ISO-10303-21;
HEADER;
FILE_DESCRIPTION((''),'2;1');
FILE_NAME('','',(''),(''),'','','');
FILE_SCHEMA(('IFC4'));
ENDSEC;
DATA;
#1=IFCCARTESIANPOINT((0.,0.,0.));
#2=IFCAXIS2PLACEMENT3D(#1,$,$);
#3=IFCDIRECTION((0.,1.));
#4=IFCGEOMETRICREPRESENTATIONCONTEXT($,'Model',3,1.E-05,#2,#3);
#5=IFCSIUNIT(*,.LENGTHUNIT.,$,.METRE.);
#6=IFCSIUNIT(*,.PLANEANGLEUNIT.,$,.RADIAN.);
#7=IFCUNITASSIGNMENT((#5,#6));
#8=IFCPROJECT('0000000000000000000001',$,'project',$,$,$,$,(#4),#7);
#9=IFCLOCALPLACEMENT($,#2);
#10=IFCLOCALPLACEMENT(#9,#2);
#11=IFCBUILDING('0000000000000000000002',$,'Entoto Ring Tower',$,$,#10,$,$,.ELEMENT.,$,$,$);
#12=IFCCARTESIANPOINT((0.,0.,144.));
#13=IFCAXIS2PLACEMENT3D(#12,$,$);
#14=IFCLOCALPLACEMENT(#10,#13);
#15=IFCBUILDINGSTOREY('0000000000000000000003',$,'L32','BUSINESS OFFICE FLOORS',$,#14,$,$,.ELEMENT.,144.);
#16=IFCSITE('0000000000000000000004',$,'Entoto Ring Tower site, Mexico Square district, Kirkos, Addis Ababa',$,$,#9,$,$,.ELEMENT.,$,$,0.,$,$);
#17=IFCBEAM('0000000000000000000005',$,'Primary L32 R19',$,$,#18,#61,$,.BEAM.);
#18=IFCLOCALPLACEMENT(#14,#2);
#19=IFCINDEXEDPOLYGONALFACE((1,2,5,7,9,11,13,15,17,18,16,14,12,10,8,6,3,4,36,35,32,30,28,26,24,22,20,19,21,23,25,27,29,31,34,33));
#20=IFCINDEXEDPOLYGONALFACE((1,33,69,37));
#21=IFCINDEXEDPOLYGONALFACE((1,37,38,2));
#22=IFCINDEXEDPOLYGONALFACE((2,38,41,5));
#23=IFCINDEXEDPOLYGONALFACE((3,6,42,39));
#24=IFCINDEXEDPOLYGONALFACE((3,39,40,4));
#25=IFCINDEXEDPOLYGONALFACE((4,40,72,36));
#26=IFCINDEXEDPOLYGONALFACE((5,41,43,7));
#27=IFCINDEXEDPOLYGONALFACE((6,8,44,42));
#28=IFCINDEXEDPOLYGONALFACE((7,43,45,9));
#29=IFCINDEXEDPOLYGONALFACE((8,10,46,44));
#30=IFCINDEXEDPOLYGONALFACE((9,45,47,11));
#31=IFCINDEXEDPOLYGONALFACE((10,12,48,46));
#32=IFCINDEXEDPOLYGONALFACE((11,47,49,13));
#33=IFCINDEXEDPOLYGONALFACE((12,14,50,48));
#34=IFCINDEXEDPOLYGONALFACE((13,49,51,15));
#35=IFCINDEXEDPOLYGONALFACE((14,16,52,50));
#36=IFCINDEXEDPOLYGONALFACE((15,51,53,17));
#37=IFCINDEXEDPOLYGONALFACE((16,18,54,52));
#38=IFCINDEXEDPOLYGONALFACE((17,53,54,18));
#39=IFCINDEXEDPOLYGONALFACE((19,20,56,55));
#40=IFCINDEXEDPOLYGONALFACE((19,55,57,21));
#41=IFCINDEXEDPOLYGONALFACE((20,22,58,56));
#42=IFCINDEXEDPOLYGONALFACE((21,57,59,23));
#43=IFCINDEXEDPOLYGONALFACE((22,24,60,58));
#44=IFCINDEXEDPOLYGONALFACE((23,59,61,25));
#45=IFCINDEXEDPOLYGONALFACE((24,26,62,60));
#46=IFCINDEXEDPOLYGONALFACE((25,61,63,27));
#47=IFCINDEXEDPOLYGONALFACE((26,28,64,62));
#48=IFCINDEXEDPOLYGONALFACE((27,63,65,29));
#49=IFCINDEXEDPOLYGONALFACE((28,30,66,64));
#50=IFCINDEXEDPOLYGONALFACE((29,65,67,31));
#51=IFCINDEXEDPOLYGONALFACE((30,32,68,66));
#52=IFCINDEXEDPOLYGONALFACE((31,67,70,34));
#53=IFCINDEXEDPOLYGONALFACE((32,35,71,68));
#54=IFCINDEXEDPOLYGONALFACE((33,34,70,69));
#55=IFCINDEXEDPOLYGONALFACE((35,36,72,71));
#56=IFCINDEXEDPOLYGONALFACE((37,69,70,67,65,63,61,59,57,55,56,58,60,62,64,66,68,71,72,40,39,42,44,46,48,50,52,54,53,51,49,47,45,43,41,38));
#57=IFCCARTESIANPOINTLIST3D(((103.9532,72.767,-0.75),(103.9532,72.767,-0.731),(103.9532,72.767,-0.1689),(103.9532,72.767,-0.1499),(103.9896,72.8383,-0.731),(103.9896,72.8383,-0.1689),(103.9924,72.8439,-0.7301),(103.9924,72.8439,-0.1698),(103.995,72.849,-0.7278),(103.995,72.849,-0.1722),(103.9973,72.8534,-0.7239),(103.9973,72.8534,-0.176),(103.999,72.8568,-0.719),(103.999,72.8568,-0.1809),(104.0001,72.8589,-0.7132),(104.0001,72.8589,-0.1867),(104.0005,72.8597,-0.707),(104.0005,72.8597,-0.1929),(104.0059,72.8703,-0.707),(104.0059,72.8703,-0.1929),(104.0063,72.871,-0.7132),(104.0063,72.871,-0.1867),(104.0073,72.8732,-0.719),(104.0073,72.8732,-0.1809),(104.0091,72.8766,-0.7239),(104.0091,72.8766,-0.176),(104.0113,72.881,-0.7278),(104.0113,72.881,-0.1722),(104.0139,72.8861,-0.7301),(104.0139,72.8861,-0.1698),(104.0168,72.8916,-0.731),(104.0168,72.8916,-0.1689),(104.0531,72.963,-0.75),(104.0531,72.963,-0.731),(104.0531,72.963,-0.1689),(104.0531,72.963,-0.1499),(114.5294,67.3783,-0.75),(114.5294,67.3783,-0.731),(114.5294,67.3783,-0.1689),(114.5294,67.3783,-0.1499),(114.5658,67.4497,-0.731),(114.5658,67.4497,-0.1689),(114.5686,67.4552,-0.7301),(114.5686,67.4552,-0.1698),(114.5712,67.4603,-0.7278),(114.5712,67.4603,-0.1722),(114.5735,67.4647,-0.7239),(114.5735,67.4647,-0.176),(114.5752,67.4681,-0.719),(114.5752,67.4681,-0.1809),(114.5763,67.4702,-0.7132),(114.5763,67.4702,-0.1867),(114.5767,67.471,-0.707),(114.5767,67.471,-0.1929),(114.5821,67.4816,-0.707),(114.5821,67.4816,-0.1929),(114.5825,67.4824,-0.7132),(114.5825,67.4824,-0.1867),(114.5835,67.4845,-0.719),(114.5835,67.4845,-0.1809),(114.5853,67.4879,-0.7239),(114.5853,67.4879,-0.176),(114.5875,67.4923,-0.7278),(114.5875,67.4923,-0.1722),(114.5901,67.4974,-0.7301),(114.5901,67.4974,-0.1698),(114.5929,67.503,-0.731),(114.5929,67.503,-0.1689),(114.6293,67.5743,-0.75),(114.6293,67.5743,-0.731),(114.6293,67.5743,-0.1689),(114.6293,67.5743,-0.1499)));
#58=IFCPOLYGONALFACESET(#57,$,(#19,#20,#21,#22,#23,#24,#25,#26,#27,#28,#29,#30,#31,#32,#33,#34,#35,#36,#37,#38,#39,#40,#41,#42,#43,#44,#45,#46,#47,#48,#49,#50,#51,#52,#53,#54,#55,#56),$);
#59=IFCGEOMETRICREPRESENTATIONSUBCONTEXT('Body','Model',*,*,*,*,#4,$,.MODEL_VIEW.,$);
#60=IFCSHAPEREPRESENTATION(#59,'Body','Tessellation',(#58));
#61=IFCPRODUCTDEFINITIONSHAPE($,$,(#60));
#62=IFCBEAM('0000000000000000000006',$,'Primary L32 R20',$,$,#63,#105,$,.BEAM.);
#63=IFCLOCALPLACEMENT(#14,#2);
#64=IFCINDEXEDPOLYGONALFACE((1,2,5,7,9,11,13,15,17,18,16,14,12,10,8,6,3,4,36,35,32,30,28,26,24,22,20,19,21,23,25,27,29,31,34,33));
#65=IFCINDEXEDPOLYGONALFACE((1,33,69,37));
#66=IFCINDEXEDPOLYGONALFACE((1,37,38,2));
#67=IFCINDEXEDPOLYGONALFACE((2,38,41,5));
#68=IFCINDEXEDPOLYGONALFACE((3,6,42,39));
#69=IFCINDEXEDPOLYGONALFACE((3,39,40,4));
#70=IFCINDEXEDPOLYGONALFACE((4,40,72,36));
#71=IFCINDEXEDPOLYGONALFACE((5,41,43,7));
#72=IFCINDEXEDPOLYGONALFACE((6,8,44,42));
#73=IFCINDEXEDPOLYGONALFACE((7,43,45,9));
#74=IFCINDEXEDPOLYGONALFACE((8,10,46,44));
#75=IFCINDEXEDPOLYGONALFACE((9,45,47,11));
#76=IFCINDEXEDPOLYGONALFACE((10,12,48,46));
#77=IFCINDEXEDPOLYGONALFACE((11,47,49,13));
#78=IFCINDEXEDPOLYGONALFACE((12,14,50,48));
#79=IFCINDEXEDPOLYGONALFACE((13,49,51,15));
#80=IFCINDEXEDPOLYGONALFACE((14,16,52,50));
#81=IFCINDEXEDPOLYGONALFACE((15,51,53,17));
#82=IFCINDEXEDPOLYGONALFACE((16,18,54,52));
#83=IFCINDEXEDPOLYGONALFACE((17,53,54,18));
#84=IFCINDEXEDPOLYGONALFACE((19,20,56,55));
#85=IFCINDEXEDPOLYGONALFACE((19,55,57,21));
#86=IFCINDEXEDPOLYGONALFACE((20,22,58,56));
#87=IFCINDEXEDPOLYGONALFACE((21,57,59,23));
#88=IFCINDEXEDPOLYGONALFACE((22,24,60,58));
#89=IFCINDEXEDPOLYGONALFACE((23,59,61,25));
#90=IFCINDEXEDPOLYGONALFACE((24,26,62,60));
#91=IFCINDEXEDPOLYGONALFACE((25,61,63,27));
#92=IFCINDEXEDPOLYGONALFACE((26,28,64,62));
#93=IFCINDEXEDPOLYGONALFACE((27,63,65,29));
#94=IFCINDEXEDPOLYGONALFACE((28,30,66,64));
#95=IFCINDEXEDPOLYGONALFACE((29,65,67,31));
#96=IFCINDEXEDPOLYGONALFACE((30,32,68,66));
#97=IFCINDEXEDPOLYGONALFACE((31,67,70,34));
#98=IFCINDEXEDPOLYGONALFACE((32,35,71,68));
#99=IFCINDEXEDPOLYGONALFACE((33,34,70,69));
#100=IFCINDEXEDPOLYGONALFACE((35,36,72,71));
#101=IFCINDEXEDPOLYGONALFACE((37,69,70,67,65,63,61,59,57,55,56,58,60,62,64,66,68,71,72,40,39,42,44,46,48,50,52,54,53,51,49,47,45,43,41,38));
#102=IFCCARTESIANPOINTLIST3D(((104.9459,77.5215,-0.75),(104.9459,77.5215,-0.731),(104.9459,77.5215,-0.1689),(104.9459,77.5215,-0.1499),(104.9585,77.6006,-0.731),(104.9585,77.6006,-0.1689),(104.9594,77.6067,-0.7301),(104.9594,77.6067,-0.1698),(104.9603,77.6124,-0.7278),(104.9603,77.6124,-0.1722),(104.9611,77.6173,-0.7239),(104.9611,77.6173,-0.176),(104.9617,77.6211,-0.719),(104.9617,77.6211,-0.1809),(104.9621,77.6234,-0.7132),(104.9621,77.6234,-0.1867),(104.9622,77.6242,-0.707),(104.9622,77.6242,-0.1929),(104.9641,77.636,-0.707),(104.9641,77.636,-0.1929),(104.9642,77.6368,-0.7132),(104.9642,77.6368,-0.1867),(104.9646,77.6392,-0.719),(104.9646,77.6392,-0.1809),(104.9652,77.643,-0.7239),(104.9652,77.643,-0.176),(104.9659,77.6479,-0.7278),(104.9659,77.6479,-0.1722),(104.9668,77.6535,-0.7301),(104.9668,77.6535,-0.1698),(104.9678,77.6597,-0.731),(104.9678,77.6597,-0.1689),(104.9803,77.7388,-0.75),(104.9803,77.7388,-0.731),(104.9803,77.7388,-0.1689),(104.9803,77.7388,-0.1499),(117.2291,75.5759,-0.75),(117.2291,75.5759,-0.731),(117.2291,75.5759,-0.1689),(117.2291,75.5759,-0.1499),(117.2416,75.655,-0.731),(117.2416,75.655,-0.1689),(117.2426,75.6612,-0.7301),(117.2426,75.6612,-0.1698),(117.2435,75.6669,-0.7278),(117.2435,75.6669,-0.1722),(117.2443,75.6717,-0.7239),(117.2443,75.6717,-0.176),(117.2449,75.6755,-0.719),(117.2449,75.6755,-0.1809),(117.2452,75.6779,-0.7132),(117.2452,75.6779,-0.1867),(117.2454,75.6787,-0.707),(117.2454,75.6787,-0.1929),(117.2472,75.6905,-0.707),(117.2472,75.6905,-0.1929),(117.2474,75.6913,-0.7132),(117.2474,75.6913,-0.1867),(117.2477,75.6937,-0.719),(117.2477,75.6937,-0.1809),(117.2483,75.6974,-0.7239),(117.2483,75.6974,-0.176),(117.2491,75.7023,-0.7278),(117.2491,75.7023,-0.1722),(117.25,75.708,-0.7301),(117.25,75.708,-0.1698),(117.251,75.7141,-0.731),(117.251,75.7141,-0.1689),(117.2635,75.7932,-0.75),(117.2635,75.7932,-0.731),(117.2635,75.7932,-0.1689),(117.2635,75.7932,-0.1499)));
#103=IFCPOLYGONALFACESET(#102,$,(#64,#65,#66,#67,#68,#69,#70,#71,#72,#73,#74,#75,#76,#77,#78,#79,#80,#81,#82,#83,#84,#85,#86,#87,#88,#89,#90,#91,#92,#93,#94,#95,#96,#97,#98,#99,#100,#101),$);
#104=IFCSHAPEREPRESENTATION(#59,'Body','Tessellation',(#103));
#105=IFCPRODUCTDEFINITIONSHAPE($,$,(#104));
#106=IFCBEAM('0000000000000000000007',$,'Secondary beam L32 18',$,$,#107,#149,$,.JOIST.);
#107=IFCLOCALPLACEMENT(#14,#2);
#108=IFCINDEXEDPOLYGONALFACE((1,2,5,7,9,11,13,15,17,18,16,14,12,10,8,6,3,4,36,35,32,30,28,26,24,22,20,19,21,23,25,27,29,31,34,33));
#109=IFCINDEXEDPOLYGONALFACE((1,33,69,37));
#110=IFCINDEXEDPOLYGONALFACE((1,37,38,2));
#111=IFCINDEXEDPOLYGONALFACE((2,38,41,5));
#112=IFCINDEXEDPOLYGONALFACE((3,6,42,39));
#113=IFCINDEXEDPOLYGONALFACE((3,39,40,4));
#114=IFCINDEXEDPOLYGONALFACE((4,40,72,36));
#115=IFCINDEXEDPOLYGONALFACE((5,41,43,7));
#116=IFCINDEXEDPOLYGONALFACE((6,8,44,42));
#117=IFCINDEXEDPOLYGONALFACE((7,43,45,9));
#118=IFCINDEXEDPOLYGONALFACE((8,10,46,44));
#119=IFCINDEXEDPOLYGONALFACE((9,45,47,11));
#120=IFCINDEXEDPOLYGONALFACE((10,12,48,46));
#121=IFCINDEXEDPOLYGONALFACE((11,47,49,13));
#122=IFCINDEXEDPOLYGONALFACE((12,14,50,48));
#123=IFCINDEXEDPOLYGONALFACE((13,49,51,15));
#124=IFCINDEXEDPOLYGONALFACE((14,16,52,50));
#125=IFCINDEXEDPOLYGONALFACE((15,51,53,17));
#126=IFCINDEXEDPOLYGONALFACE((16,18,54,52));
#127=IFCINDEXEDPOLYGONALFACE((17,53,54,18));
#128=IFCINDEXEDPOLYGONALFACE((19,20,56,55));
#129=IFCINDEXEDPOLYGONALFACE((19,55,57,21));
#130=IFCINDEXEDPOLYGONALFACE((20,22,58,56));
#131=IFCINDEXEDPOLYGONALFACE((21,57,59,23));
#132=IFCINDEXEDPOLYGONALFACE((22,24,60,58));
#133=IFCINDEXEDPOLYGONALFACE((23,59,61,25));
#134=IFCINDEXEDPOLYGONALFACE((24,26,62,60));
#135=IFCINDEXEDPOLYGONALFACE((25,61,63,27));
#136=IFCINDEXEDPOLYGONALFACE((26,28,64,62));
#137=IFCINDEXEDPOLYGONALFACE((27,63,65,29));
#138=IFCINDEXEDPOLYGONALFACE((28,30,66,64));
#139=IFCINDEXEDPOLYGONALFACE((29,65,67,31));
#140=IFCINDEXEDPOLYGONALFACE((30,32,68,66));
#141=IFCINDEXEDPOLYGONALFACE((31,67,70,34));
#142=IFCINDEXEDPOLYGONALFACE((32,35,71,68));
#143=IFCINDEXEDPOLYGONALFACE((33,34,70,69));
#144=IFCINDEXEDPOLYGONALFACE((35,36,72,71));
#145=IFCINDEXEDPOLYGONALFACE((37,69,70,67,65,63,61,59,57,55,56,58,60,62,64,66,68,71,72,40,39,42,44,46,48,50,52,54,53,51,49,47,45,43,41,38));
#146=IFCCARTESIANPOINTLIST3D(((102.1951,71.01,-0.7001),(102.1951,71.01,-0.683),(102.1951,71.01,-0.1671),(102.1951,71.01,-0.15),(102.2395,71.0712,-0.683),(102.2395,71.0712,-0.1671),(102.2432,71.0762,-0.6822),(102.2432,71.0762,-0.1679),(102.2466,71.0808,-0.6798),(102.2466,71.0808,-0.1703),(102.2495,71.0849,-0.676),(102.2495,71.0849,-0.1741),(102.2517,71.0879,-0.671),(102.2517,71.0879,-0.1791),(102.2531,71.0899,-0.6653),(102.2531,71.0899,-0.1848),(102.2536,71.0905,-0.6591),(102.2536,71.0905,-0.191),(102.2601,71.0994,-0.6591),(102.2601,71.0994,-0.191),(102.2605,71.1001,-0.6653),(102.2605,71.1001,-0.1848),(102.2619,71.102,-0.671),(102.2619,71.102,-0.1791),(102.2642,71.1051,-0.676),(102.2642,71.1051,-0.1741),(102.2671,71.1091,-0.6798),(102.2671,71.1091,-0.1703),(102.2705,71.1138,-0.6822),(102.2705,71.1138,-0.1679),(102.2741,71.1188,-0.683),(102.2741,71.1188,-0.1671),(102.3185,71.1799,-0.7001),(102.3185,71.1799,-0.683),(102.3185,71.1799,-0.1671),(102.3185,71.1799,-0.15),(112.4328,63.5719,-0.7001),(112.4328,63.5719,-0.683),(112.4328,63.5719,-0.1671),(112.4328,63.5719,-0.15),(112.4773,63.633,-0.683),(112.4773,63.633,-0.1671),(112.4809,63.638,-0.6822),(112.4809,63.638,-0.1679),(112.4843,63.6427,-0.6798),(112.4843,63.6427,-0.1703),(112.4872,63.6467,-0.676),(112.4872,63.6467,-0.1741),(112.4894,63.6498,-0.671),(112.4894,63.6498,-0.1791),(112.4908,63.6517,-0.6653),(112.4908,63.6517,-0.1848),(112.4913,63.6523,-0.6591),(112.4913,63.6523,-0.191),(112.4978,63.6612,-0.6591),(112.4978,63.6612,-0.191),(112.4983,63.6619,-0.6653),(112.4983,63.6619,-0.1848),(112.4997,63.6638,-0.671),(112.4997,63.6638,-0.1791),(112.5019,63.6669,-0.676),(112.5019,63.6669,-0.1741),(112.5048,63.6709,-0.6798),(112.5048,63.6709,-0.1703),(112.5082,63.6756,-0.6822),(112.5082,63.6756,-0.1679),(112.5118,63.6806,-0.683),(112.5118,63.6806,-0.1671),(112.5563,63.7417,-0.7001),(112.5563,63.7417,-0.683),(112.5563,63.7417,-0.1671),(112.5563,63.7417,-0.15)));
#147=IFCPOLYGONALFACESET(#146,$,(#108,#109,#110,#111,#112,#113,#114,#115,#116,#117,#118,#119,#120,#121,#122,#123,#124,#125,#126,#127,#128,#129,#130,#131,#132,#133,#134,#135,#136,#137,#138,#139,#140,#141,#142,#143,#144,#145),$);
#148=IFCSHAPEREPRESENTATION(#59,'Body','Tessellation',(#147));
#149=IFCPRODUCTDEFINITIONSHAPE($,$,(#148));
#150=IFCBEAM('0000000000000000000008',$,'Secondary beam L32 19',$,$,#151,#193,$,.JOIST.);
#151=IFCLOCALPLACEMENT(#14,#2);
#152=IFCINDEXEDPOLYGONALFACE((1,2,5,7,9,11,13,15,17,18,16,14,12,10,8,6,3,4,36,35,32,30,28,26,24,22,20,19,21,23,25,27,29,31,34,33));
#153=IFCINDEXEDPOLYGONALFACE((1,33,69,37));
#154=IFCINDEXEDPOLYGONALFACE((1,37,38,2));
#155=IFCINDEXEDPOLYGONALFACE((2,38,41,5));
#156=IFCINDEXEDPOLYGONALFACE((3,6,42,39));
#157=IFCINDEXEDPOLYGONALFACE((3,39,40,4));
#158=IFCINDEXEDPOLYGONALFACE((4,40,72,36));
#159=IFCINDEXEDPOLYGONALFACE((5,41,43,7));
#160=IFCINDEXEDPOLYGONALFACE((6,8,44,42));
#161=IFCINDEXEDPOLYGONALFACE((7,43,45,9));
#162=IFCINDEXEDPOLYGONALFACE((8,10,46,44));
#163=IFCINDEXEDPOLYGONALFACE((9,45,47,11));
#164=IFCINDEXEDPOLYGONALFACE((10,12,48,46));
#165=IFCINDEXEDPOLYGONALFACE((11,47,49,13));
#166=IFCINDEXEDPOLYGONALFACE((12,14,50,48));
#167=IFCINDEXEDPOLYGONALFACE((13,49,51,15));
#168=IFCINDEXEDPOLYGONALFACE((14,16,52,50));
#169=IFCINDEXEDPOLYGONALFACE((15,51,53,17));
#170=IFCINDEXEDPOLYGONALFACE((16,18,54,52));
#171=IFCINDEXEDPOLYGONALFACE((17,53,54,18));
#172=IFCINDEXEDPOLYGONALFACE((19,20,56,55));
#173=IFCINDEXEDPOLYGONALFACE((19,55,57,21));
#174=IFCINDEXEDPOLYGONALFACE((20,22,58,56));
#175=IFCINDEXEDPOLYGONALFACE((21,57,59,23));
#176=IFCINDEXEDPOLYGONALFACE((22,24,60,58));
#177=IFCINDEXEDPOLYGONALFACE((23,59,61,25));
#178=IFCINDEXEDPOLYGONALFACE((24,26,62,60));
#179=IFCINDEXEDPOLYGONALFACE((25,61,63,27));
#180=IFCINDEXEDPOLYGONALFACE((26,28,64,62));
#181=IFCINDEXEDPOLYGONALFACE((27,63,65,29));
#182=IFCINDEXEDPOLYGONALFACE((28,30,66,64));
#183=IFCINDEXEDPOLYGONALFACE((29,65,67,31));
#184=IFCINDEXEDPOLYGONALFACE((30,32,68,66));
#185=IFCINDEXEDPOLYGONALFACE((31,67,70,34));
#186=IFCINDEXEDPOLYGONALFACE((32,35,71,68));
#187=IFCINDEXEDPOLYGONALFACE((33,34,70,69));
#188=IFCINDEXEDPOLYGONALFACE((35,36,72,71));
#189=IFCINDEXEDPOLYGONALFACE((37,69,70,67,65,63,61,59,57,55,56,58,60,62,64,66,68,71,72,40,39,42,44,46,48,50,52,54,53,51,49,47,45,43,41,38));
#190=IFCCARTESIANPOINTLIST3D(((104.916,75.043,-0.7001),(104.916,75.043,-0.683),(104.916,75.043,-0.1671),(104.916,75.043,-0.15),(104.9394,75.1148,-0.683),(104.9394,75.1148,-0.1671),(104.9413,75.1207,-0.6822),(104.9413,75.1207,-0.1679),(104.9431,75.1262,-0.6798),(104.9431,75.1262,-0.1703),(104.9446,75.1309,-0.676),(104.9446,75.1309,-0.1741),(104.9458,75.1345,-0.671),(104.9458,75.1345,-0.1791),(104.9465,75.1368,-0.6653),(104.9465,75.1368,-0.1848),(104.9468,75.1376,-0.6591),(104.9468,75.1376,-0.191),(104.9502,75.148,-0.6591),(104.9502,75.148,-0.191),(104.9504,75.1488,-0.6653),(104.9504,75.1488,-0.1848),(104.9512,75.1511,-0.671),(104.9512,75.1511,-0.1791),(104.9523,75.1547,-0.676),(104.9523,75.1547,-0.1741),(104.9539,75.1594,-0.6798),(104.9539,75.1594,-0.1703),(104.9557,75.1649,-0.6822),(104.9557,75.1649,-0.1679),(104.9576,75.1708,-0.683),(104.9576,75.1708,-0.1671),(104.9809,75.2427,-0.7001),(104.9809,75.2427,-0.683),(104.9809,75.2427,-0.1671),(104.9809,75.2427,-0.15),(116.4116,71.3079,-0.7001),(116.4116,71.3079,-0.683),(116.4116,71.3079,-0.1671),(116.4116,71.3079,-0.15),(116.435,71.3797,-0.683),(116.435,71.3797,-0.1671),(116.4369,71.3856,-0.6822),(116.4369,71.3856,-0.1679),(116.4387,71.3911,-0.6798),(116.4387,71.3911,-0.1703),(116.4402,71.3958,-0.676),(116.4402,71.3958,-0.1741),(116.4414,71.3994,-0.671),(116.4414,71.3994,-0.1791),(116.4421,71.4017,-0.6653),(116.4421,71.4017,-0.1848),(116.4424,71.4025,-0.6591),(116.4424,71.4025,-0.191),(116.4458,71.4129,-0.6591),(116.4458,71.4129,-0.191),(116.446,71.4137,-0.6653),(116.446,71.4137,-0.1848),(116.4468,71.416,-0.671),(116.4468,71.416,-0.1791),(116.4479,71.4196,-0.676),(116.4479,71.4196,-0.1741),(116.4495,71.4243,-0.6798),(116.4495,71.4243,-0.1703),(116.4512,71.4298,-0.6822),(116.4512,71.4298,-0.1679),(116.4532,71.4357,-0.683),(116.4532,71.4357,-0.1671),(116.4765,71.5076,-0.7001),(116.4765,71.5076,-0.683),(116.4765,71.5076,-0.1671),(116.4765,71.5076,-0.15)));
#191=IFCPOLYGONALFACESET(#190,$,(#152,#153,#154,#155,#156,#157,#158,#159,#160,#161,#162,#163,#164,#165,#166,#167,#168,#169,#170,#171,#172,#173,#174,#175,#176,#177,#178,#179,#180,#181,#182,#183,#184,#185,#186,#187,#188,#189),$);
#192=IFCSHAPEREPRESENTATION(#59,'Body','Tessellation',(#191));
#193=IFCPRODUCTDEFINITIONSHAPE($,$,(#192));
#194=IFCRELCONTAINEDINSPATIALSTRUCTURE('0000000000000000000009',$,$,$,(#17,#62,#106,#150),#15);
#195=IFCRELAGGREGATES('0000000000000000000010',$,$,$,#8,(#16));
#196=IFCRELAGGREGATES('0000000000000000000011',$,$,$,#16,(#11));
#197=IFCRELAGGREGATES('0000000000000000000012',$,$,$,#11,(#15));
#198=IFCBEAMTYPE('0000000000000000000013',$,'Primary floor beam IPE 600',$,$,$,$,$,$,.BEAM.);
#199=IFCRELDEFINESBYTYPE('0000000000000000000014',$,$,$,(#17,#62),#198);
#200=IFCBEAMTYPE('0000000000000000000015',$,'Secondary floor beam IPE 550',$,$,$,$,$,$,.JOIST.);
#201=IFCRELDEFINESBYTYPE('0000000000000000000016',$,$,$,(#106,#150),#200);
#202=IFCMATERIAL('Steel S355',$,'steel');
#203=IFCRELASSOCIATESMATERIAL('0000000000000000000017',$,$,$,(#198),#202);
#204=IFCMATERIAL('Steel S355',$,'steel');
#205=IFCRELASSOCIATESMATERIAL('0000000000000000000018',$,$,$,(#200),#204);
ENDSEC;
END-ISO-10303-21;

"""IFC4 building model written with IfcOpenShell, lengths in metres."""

from ifc_helpers import new_model, si_unit, direction, frame, origin, origin_2d, place, context, subcontext, project, spatial, i_section, extrude, material, material_profile, profile_set, type_object, element, save


model = new_model("IFC4")

# Units and contexts
model_context = context("Model", 3, precision=1e-05, world=origin(), true_north=direction((0.0, 1.0)))
body_context = subcontext(model_context, "Body", "Model", "MODEL_VIEW")
ifc_project = project(units=[si_unit("LENGTHUNIT", "METRE"), si_unit("PLANEANGLEUNIT", "RADIAN")], contexts=[model_context])

# Site, building, storey
site_placement = place(None, origin())
site = spatial("IfcSite", under=ifc_project, at=site_placement, Name="Entoto Ring Tower site, Mexico Square district, Kirkos, Addis Ababa", CompositionType="ELEMENT", RefElevation=0.0)
building_placement = place(site_placement, origin())
building = spatial("IfcBuilding", under=site, at=building_placement, Name="Entoto Ring Tower", CompositionType="ELEMENT")
storey_placement = place(building_placement, frame((0.0, 0.0, 144.0)))
storey = spatial("IfcBuildingStorey", under=building, at=storey_placement, Name="L32", Description="BUSINESS OFFICE FLOORS", CompositionType="ELEMENT", Elevation=144.0)

# Beams
ifc_material_1 = material(Name="Steel S355", Category="steel")
ifc_material_profile_1 = material_profile(ifc_material_1, i_section(OverallWidth=0.22, OverallDepth=0.6001, WebThickness=0.012, FlangeThickness=0.019, FilletRadius=0.0239, at=origin_2d()), Name="IPE 600")
ifc_profile_set_1 = profile_set([ifc_material_profile_1], Name="Steel S355")
beam_type_1 = type_object("IfcBeamType", Name="Primary floor beam IPE 600", PredefinedType="BEAM", material=ifc_profile_set_1)
beam_1_placement = place(storey_placement, frame((104.0032, 72.865, -0.45), z_axis=(0.891012, -0.45398, 0.0), x_axis=(0.45398, 0.891012, 0.0)))
element("IfcBeam", 1, at=beam_1_placement, inside=storey, type_object=beam_type_1, Name="Primary L32 R19", PredefinedType="BEAM", context=body_context, shape_type="SweptSolid", body=[
    extrude(i_section(OverallWidth=0.22, OverallDepth=0.6001, WebThickness=0.012, FlangeThickness=0.019, FilletRadius=0.0239, at=origin_2d()), origin(), (0.0, 0.0, 1.0), 11.8699),
])
beam_2_placement = place(storey_placement, frame((104.9631, 77.6301, -0.45), z_axis=(0.987687, -0.156441, 0.0), x_axis=(0.156441, 0.987687, 0.0)))
element("IfcBeam", 2, at=beam_2_placement, inside=storey, type_object=beam_type_1, Name="Primary L32 R20", PredefinedType="BEAM", context=body_context, shape_type="SweptSolid", body=[
    extrude(i_section(OverallWidth=0.22, OverallDepth=0.6001, WebThickness=0.012, FlangeThickness=0.019, FilletRadius=0.0239, at=origin_2d()), origin(), (0.0, 0.0, 1.0), 12.4363),
])
ifc_material_2 = material(Name="Steel S355", Category="steel")
ifc_material_profile_2 = material_profile(ifc_material_2, i_section(OverallWidth=0.21, OverallDepth=0.55, WebThickness=0.011, FlangeThickness=0.0171, FilletRadius=0.0239, at=origin_2d()), Name="IPE 550")
ifc_profile_set_2 = profile_set([ifc_material_profile_2], Name="Steel S355")
beam_type_2 = type_object("IfcBeamType", Name="Secondary floor beam IPE 550", PredefinedType="JOIST", material=ifc_profile_set_2)
beam_3_placement = place(storey_placement, frame((102.2568, 71.095, -0.425), z_axis=(0.809015, -0.587787, 0.0), x_axis=(0.587787, 0.809015, 0.0)))
element("IfcBeam", 3, at=beam_3_placement, inside=storey, type_object=beam_type_2, Name="Secondary beam L32 18", PredefinedType="JOIST", context=body_context, shape_type="SweptSolid", body=[
    extrude(i_section(OverallWidth=0.21, OverallDepth=0.55, WebThickness=0.011, FlangeThickness=0.0171, FilletRadius=0.0239, at=origin_2d()), origin(), (0.0, 0.0, 1.0), 12.6545),
])
beam_4_placement = place(storey_placement, frame((104.9485, 75.1428, -0.425), z_axis=(0.951058, -0.309014, 0.0), x_axis=(0.309014, 0.951058, 0.0)))
element("IfcBeam", 4, at=beam_4_placement, inside=storey, type_object=beam_type_2, Name="Secondary beam L32 19", PredefinedType="JOIST", context=body_context, shape_type="SweptSolid", body=[
    extrude(i_section(OverallWidth=0.21, OverallDepth=0.55, WebThickness=0.011, FlangeThickness=0.0171, FilletRadius=0.0239, at=origin_2d()), origin(), (0.0, 0.0, 1.0), 12.0872),
])

save(model, "model.ifc")
